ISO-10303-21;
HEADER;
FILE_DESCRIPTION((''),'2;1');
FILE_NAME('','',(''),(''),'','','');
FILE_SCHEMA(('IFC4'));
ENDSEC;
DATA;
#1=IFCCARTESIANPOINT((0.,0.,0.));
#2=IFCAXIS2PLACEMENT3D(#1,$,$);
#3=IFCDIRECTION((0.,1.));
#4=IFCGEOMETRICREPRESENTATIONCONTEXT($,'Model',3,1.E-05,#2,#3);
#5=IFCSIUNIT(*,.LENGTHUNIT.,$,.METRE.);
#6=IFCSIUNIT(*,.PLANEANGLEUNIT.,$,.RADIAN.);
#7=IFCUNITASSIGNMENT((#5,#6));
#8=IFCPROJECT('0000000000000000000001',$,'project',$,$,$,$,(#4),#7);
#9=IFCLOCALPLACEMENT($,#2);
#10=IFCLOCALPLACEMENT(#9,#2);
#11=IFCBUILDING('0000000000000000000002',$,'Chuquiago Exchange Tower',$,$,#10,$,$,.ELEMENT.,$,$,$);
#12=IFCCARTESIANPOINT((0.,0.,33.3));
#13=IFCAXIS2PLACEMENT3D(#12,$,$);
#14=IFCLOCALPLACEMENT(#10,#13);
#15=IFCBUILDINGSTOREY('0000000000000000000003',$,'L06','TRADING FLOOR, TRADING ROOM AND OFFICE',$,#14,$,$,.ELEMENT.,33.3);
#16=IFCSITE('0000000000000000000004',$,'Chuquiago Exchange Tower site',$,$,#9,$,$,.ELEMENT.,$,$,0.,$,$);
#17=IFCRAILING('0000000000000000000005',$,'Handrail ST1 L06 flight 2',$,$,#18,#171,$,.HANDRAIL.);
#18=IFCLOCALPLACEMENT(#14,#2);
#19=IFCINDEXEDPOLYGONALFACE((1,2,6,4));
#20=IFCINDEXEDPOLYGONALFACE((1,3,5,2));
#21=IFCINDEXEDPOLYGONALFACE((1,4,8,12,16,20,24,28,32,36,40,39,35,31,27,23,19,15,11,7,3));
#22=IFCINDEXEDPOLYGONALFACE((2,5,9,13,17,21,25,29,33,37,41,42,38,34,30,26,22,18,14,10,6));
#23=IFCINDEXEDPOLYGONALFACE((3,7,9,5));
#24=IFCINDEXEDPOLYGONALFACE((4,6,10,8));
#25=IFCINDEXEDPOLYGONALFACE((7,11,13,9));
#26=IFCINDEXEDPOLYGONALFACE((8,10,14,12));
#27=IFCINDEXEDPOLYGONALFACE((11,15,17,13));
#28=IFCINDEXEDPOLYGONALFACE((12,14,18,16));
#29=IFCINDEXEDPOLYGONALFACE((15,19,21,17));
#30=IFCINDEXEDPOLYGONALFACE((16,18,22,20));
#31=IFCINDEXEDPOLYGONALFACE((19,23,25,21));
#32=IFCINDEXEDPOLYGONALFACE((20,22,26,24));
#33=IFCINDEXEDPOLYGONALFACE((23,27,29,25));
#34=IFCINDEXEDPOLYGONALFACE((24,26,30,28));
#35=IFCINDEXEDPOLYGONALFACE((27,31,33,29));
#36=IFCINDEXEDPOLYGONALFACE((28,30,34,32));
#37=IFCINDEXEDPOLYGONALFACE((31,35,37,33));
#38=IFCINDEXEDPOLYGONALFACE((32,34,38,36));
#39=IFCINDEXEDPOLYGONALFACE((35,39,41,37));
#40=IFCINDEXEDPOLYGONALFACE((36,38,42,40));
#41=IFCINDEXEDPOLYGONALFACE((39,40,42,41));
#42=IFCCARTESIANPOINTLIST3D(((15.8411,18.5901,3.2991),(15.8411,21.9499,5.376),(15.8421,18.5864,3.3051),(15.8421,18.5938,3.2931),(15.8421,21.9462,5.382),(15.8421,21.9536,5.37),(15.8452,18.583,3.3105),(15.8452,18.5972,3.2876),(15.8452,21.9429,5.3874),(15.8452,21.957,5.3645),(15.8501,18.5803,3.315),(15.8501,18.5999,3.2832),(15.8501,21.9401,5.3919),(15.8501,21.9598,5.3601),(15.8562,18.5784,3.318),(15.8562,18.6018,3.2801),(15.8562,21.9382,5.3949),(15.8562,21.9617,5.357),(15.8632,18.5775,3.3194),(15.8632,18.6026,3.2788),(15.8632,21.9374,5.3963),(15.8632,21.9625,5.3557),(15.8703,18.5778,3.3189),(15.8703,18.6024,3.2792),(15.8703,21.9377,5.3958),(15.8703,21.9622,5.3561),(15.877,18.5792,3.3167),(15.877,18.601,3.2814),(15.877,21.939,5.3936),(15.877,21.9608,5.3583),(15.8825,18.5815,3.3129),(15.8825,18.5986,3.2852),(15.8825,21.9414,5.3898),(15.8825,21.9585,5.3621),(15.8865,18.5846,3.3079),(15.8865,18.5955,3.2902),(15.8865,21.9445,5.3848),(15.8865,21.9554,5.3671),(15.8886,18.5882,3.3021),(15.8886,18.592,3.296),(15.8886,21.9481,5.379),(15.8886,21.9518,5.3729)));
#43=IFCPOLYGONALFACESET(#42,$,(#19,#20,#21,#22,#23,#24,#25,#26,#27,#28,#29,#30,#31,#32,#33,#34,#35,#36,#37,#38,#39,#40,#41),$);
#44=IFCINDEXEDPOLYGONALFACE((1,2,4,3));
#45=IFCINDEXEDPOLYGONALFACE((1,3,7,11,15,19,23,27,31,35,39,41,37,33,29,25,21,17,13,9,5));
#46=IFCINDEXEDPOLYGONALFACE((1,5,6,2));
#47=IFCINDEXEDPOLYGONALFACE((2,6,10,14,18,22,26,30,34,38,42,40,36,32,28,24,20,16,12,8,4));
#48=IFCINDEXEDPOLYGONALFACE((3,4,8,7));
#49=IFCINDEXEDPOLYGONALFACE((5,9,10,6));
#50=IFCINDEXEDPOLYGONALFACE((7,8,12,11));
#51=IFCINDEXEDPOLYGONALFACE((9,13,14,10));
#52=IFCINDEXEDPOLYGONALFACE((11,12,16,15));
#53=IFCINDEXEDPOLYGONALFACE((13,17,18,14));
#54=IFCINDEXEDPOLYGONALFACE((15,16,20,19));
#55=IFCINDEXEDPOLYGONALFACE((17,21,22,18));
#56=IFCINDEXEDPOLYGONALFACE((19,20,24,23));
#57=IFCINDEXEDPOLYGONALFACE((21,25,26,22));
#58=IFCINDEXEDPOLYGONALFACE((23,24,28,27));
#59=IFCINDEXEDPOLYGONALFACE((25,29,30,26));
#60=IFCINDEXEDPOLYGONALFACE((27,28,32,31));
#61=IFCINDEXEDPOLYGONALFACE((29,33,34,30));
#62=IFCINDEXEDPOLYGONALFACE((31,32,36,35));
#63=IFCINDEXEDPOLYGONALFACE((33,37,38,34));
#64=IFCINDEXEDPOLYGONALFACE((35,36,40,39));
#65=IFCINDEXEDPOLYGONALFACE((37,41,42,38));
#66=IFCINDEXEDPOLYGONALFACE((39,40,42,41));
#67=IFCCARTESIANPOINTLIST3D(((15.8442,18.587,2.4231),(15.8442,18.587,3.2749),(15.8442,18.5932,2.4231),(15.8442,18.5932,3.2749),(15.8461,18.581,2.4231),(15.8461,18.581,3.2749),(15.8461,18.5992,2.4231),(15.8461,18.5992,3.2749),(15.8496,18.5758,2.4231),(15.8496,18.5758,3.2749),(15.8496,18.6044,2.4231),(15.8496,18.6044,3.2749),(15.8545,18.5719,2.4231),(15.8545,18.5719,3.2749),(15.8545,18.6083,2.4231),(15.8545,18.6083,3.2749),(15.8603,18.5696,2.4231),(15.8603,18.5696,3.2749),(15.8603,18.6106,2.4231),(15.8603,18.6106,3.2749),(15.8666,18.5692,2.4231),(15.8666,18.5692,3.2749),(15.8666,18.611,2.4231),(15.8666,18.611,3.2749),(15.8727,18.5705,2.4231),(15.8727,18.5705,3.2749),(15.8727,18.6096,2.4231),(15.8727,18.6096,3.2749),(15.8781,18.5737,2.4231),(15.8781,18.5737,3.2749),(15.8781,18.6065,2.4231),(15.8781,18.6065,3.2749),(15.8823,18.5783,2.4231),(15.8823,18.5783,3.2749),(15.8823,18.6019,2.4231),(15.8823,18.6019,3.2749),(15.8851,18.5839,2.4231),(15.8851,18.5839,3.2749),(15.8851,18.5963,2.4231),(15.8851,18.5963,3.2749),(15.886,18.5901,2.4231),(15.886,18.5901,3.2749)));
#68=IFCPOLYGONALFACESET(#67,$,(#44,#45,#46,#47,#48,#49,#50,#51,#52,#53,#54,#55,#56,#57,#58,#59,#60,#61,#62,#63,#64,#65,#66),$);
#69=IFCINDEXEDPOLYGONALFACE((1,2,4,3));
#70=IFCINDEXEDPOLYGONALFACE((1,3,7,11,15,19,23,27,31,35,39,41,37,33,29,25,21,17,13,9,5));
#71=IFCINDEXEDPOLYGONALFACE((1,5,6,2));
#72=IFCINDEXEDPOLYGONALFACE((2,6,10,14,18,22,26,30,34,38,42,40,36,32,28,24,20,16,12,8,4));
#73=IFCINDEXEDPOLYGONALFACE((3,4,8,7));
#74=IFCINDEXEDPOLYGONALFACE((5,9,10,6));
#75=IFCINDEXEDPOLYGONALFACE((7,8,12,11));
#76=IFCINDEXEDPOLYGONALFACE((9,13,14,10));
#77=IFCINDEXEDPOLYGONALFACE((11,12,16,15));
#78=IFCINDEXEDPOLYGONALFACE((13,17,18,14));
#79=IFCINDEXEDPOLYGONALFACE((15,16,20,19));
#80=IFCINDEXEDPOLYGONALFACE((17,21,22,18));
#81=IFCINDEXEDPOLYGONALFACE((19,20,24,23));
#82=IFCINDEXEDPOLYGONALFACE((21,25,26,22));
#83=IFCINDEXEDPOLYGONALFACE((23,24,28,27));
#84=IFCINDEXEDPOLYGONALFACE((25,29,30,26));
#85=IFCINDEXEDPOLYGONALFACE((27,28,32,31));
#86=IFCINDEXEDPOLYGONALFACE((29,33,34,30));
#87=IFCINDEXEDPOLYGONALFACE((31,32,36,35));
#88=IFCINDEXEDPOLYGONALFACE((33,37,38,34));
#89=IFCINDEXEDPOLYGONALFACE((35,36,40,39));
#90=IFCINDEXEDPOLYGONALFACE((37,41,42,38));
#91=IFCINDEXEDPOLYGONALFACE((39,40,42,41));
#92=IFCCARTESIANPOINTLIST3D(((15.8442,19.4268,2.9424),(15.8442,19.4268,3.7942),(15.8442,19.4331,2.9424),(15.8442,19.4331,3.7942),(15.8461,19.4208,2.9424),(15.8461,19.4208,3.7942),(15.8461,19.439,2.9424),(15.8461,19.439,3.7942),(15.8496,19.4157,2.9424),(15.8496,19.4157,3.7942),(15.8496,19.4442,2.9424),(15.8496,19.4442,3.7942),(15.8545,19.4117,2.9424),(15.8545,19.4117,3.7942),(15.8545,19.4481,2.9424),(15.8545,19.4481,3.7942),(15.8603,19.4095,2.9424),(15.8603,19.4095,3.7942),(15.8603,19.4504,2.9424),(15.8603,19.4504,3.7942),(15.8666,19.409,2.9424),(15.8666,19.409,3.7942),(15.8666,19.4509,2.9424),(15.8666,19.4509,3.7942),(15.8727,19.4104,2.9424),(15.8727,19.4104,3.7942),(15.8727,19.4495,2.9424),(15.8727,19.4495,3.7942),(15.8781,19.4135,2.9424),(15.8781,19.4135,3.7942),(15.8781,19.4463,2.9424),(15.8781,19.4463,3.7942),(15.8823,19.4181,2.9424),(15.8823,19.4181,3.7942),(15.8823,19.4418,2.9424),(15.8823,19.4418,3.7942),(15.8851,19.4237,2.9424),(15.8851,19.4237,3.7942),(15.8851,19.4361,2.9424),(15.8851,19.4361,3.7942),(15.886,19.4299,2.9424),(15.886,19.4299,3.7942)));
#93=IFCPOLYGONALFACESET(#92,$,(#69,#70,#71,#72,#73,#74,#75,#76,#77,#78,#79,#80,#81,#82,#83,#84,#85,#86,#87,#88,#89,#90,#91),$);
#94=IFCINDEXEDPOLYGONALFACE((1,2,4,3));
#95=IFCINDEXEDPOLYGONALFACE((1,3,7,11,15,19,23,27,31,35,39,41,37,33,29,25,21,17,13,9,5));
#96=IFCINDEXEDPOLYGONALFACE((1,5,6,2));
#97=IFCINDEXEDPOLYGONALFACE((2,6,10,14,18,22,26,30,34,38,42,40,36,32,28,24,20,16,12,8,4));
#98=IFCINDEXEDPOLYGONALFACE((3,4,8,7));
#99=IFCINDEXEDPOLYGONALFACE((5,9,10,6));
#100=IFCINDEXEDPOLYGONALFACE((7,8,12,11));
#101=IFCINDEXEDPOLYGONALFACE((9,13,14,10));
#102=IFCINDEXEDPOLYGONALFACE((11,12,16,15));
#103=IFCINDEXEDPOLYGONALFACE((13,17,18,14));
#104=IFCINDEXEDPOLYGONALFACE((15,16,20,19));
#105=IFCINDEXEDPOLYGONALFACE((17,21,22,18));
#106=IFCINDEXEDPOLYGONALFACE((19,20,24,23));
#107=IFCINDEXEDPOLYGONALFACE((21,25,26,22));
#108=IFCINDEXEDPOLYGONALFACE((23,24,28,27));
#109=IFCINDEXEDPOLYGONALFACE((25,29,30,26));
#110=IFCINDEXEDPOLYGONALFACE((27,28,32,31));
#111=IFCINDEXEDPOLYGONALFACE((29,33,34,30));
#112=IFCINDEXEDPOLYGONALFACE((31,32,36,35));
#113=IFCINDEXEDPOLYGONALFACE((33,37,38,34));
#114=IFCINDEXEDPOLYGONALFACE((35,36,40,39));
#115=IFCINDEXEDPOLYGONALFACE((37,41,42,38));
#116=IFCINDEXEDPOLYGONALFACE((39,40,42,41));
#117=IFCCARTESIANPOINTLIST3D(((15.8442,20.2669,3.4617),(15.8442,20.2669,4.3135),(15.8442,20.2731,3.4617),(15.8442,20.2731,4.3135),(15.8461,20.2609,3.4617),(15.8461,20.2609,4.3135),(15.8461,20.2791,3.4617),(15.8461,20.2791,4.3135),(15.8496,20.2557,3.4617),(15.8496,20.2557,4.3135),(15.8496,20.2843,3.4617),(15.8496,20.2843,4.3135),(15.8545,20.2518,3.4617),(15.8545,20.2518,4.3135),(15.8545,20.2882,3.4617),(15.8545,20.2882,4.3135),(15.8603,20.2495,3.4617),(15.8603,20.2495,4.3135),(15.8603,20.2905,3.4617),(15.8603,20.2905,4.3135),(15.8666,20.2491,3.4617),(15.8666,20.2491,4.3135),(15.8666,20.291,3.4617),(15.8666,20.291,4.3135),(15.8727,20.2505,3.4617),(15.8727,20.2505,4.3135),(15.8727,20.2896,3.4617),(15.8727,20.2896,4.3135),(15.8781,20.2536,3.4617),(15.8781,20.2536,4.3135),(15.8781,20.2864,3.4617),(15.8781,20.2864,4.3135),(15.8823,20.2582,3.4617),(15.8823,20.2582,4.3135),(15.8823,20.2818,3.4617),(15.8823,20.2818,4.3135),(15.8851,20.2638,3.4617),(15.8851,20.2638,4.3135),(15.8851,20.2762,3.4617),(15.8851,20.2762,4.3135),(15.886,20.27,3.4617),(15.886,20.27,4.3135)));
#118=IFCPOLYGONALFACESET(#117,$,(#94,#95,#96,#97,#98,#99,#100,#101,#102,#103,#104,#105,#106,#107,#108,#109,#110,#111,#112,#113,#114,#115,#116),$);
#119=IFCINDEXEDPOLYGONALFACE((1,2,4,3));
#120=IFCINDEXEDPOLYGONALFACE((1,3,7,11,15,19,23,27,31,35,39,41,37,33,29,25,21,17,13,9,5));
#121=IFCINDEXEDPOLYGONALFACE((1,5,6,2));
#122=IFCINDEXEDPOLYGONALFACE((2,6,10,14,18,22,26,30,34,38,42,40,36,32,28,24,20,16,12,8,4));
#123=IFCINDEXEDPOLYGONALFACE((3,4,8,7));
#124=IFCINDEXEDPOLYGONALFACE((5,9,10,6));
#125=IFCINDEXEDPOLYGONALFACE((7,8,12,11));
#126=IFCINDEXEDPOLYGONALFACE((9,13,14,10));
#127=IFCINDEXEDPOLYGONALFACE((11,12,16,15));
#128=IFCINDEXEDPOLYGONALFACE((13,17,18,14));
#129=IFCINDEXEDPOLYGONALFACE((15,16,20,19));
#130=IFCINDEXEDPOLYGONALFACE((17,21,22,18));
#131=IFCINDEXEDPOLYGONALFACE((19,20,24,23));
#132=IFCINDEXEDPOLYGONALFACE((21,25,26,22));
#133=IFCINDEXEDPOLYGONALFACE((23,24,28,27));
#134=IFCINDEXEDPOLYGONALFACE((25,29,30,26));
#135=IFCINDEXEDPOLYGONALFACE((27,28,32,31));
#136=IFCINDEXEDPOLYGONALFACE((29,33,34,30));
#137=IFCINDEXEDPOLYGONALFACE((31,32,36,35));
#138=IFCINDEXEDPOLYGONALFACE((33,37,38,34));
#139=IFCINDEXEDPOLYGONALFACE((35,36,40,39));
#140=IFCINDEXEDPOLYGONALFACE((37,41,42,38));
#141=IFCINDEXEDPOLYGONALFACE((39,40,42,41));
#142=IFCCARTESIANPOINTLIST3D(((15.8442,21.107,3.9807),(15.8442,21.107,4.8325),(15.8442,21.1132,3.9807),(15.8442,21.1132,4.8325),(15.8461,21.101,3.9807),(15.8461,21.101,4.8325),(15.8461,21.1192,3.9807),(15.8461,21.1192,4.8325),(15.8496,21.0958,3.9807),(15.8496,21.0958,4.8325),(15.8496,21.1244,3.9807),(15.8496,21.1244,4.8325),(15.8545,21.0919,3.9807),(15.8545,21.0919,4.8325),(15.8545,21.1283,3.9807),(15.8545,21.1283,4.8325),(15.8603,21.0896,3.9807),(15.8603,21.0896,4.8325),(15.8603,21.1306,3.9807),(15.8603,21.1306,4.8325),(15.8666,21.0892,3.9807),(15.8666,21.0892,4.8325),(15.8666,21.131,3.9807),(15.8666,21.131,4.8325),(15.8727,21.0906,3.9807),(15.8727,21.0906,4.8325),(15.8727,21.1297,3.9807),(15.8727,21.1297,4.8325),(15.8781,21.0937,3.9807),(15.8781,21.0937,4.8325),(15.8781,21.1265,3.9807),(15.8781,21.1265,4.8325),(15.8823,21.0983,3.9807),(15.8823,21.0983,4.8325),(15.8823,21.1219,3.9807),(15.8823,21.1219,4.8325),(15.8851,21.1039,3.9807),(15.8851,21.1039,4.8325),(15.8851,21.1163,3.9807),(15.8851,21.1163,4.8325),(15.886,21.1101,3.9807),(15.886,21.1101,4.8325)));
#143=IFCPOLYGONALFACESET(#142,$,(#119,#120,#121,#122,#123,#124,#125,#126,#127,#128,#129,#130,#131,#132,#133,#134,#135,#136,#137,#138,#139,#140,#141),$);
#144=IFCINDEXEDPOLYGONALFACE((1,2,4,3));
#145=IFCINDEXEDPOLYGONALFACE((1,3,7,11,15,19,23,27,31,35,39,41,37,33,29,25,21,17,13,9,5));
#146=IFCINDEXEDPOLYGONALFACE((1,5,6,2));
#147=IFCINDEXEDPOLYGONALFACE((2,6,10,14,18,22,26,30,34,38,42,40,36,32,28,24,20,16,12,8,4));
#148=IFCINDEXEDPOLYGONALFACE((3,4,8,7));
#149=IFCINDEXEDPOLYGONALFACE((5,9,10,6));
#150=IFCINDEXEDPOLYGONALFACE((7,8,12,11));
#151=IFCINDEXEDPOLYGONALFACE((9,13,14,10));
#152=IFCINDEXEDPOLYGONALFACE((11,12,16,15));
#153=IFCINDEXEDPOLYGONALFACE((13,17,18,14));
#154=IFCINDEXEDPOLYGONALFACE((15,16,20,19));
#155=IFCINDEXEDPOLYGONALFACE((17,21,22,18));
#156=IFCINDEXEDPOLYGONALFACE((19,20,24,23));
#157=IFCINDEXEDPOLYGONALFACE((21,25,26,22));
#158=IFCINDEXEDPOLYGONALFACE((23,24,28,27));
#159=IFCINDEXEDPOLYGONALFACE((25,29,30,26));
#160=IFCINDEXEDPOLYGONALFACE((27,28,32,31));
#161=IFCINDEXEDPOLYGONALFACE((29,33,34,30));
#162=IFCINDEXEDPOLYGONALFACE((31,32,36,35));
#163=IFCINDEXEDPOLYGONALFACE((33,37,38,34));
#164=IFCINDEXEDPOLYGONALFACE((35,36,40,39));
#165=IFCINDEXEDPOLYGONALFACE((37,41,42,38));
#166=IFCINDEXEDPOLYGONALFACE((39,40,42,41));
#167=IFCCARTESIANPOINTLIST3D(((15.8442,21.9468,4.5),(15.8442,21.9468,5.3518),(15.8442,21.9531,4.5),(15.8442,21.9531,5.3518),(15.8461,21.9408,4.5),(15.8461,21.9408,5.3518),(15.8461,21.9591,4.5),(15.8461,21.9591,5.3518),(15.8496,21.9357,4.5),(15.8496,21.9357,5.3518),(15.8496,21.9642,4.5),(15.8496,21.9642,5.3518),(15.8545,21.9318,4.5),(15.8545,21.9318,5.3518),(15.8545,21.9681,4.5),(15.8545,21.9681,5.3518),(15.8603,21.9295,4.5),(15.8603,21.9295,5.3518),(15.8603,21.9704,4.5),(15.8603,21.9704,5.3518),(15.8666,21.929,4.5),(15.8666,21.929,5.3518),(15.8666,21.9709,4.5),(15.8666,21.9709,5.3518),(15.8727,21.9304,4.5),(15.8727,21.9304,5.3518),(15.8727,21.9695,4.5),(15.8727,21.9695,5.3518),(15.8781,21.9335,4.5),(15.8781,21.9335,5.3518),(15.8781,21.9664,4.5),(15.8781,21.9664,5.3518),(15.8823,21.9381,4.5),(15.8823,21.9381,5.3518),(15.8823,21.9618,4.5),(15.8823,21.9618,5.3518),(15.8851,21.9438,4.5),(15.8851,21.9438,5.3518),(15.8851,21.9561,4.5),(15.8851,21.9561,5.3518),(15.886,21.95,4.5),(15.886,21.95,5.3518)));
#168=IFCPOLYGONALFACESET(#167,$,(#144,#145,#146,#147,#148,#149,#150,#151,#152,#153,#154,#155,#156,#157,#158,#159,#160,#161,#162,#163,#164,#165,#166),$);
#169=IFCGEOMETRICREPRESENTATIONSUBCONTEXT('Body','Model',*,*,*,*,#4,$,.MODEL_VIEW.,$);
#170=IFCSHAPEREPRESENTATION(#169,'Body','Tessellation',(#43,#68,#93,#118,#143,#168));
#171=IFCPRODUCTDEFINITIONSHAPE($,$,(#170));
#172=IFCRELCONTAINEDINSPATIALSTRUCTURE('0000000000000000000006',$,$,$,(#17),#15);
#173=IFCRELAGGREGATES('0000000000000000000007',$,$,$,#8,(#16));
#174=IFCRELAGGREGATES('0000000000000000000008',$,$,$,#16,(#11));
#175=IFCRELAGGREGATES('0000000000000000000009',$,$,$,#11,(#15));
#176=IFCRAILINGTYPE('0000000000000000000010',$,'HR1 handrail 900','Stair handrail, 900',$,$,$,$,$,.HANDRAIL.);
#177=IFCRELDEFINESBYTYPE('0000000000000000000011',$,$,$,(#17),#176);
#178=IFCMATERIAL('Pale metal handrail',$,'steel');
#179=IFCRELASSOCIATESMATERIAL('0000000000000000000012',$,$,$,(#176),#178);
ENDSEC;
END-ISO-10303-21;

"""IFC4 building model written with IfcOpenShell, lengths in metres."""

from ifc_helpers import new_model, si_unit, direction, frame, origin, origin_2d, place, context, subcontext, project, spatial, circle, extrude, material, type_object, element, save


model = new_model("IFC4")

# Units and contexts
model_context = context("Model", 3, precision=1e-05, world=origin(), true_north=direction((0.0, 1.0)))
body_context = subcontext(model_context, "Body", "Model", "MODEL_VIEW")
ifc_project = project(units=[si_unit("LENGTHUNIT", "METRE"), si_unit("PLANEANGLEUNIT", "RADIAN")], contexts=[model_context])

# Site, building, storey
site_placement = place(None, origin())
site = spatial("IfcSite", under=ifc_project, at=site_placement, Name="Chuquiago Exchange Tower site", CompositionType="ELEMENT", RefElevation=0.0)
building_placement = place(site_placement, origin())
building = spatial("IfcBuilding", under=site, at=building_placement, Name="Chuquiago Exchange Tower", CompositionType="ELEMENT")
storey_placement = place(building_placement, frame((0.0, 0.0, 33.3)))
storey = spatial("IfcBuildingStorey", under=building, at=storey_placement, Name="L06", Description="TRADING FLOOR, TRADING ROOM AND OFFICE", CompositionType="ELEMENT", Elevation=33.3)

# Railing
ifc_material_1 = material(Name="Pale metal handrail", Category="steel")
railing_type_1 = type_object("IfcRailingType", Name="HR1 handrail 900", Description="Stair handrail, 900", PredefinedType="HANDRAIL", material=ifc_material_1)
for number, where, name in (
    (1, (15.865, 18.5901, 2.4231), "Handrail ST1 L06 flight 2"),
):
    element("IfcRailing", number, at=place(storey_placement, frame(where)), inside=storey, type_object=railing_type_1, Name=name, PredefinedType="HANDRAIL", context=body_context, shape_type="SweptSolid", body=[
        extrude(circle(Radius=0.0239, at=origin_2d()), frame((0.0, 0.0, 0.876), z_axis=(0.0, 0.850606, 0.525803), x_axis=(-1.0, 0.0, 0.0)), (0.0, 0.0, 1.0), 3.95),
        extrude(circle(Radius=0.021, at=origin_2d()), origin(), (0.0, 0.0, 1.0), 0.8518),
        extrude(circle(Radius=0.021, at=origin_2d()), frame((0.0, 0.8398, 0.5193)), (0.0, 0.0, 1.0), 0.8518),
        extrude(circle(Radius=0.021, at=origin_2d()), frame((0.0, 1.6799, 1.0386)), (0.0, 0.0, 1.0), 0.8518),
        extrude(circle(Radius=0.021, at=origin_2d()), frame((0.0, 2.52, 1.5576)), (0.0, 0.0, 1.0), 0.8518),
        extrude(circle(Radius=0.021, at=origin_2d()), frame((0.0, 3.3599, 2.0769)), (0.0, 0.0, 1.0), 0.8518),
    ])

save(model, "model.ifc")
